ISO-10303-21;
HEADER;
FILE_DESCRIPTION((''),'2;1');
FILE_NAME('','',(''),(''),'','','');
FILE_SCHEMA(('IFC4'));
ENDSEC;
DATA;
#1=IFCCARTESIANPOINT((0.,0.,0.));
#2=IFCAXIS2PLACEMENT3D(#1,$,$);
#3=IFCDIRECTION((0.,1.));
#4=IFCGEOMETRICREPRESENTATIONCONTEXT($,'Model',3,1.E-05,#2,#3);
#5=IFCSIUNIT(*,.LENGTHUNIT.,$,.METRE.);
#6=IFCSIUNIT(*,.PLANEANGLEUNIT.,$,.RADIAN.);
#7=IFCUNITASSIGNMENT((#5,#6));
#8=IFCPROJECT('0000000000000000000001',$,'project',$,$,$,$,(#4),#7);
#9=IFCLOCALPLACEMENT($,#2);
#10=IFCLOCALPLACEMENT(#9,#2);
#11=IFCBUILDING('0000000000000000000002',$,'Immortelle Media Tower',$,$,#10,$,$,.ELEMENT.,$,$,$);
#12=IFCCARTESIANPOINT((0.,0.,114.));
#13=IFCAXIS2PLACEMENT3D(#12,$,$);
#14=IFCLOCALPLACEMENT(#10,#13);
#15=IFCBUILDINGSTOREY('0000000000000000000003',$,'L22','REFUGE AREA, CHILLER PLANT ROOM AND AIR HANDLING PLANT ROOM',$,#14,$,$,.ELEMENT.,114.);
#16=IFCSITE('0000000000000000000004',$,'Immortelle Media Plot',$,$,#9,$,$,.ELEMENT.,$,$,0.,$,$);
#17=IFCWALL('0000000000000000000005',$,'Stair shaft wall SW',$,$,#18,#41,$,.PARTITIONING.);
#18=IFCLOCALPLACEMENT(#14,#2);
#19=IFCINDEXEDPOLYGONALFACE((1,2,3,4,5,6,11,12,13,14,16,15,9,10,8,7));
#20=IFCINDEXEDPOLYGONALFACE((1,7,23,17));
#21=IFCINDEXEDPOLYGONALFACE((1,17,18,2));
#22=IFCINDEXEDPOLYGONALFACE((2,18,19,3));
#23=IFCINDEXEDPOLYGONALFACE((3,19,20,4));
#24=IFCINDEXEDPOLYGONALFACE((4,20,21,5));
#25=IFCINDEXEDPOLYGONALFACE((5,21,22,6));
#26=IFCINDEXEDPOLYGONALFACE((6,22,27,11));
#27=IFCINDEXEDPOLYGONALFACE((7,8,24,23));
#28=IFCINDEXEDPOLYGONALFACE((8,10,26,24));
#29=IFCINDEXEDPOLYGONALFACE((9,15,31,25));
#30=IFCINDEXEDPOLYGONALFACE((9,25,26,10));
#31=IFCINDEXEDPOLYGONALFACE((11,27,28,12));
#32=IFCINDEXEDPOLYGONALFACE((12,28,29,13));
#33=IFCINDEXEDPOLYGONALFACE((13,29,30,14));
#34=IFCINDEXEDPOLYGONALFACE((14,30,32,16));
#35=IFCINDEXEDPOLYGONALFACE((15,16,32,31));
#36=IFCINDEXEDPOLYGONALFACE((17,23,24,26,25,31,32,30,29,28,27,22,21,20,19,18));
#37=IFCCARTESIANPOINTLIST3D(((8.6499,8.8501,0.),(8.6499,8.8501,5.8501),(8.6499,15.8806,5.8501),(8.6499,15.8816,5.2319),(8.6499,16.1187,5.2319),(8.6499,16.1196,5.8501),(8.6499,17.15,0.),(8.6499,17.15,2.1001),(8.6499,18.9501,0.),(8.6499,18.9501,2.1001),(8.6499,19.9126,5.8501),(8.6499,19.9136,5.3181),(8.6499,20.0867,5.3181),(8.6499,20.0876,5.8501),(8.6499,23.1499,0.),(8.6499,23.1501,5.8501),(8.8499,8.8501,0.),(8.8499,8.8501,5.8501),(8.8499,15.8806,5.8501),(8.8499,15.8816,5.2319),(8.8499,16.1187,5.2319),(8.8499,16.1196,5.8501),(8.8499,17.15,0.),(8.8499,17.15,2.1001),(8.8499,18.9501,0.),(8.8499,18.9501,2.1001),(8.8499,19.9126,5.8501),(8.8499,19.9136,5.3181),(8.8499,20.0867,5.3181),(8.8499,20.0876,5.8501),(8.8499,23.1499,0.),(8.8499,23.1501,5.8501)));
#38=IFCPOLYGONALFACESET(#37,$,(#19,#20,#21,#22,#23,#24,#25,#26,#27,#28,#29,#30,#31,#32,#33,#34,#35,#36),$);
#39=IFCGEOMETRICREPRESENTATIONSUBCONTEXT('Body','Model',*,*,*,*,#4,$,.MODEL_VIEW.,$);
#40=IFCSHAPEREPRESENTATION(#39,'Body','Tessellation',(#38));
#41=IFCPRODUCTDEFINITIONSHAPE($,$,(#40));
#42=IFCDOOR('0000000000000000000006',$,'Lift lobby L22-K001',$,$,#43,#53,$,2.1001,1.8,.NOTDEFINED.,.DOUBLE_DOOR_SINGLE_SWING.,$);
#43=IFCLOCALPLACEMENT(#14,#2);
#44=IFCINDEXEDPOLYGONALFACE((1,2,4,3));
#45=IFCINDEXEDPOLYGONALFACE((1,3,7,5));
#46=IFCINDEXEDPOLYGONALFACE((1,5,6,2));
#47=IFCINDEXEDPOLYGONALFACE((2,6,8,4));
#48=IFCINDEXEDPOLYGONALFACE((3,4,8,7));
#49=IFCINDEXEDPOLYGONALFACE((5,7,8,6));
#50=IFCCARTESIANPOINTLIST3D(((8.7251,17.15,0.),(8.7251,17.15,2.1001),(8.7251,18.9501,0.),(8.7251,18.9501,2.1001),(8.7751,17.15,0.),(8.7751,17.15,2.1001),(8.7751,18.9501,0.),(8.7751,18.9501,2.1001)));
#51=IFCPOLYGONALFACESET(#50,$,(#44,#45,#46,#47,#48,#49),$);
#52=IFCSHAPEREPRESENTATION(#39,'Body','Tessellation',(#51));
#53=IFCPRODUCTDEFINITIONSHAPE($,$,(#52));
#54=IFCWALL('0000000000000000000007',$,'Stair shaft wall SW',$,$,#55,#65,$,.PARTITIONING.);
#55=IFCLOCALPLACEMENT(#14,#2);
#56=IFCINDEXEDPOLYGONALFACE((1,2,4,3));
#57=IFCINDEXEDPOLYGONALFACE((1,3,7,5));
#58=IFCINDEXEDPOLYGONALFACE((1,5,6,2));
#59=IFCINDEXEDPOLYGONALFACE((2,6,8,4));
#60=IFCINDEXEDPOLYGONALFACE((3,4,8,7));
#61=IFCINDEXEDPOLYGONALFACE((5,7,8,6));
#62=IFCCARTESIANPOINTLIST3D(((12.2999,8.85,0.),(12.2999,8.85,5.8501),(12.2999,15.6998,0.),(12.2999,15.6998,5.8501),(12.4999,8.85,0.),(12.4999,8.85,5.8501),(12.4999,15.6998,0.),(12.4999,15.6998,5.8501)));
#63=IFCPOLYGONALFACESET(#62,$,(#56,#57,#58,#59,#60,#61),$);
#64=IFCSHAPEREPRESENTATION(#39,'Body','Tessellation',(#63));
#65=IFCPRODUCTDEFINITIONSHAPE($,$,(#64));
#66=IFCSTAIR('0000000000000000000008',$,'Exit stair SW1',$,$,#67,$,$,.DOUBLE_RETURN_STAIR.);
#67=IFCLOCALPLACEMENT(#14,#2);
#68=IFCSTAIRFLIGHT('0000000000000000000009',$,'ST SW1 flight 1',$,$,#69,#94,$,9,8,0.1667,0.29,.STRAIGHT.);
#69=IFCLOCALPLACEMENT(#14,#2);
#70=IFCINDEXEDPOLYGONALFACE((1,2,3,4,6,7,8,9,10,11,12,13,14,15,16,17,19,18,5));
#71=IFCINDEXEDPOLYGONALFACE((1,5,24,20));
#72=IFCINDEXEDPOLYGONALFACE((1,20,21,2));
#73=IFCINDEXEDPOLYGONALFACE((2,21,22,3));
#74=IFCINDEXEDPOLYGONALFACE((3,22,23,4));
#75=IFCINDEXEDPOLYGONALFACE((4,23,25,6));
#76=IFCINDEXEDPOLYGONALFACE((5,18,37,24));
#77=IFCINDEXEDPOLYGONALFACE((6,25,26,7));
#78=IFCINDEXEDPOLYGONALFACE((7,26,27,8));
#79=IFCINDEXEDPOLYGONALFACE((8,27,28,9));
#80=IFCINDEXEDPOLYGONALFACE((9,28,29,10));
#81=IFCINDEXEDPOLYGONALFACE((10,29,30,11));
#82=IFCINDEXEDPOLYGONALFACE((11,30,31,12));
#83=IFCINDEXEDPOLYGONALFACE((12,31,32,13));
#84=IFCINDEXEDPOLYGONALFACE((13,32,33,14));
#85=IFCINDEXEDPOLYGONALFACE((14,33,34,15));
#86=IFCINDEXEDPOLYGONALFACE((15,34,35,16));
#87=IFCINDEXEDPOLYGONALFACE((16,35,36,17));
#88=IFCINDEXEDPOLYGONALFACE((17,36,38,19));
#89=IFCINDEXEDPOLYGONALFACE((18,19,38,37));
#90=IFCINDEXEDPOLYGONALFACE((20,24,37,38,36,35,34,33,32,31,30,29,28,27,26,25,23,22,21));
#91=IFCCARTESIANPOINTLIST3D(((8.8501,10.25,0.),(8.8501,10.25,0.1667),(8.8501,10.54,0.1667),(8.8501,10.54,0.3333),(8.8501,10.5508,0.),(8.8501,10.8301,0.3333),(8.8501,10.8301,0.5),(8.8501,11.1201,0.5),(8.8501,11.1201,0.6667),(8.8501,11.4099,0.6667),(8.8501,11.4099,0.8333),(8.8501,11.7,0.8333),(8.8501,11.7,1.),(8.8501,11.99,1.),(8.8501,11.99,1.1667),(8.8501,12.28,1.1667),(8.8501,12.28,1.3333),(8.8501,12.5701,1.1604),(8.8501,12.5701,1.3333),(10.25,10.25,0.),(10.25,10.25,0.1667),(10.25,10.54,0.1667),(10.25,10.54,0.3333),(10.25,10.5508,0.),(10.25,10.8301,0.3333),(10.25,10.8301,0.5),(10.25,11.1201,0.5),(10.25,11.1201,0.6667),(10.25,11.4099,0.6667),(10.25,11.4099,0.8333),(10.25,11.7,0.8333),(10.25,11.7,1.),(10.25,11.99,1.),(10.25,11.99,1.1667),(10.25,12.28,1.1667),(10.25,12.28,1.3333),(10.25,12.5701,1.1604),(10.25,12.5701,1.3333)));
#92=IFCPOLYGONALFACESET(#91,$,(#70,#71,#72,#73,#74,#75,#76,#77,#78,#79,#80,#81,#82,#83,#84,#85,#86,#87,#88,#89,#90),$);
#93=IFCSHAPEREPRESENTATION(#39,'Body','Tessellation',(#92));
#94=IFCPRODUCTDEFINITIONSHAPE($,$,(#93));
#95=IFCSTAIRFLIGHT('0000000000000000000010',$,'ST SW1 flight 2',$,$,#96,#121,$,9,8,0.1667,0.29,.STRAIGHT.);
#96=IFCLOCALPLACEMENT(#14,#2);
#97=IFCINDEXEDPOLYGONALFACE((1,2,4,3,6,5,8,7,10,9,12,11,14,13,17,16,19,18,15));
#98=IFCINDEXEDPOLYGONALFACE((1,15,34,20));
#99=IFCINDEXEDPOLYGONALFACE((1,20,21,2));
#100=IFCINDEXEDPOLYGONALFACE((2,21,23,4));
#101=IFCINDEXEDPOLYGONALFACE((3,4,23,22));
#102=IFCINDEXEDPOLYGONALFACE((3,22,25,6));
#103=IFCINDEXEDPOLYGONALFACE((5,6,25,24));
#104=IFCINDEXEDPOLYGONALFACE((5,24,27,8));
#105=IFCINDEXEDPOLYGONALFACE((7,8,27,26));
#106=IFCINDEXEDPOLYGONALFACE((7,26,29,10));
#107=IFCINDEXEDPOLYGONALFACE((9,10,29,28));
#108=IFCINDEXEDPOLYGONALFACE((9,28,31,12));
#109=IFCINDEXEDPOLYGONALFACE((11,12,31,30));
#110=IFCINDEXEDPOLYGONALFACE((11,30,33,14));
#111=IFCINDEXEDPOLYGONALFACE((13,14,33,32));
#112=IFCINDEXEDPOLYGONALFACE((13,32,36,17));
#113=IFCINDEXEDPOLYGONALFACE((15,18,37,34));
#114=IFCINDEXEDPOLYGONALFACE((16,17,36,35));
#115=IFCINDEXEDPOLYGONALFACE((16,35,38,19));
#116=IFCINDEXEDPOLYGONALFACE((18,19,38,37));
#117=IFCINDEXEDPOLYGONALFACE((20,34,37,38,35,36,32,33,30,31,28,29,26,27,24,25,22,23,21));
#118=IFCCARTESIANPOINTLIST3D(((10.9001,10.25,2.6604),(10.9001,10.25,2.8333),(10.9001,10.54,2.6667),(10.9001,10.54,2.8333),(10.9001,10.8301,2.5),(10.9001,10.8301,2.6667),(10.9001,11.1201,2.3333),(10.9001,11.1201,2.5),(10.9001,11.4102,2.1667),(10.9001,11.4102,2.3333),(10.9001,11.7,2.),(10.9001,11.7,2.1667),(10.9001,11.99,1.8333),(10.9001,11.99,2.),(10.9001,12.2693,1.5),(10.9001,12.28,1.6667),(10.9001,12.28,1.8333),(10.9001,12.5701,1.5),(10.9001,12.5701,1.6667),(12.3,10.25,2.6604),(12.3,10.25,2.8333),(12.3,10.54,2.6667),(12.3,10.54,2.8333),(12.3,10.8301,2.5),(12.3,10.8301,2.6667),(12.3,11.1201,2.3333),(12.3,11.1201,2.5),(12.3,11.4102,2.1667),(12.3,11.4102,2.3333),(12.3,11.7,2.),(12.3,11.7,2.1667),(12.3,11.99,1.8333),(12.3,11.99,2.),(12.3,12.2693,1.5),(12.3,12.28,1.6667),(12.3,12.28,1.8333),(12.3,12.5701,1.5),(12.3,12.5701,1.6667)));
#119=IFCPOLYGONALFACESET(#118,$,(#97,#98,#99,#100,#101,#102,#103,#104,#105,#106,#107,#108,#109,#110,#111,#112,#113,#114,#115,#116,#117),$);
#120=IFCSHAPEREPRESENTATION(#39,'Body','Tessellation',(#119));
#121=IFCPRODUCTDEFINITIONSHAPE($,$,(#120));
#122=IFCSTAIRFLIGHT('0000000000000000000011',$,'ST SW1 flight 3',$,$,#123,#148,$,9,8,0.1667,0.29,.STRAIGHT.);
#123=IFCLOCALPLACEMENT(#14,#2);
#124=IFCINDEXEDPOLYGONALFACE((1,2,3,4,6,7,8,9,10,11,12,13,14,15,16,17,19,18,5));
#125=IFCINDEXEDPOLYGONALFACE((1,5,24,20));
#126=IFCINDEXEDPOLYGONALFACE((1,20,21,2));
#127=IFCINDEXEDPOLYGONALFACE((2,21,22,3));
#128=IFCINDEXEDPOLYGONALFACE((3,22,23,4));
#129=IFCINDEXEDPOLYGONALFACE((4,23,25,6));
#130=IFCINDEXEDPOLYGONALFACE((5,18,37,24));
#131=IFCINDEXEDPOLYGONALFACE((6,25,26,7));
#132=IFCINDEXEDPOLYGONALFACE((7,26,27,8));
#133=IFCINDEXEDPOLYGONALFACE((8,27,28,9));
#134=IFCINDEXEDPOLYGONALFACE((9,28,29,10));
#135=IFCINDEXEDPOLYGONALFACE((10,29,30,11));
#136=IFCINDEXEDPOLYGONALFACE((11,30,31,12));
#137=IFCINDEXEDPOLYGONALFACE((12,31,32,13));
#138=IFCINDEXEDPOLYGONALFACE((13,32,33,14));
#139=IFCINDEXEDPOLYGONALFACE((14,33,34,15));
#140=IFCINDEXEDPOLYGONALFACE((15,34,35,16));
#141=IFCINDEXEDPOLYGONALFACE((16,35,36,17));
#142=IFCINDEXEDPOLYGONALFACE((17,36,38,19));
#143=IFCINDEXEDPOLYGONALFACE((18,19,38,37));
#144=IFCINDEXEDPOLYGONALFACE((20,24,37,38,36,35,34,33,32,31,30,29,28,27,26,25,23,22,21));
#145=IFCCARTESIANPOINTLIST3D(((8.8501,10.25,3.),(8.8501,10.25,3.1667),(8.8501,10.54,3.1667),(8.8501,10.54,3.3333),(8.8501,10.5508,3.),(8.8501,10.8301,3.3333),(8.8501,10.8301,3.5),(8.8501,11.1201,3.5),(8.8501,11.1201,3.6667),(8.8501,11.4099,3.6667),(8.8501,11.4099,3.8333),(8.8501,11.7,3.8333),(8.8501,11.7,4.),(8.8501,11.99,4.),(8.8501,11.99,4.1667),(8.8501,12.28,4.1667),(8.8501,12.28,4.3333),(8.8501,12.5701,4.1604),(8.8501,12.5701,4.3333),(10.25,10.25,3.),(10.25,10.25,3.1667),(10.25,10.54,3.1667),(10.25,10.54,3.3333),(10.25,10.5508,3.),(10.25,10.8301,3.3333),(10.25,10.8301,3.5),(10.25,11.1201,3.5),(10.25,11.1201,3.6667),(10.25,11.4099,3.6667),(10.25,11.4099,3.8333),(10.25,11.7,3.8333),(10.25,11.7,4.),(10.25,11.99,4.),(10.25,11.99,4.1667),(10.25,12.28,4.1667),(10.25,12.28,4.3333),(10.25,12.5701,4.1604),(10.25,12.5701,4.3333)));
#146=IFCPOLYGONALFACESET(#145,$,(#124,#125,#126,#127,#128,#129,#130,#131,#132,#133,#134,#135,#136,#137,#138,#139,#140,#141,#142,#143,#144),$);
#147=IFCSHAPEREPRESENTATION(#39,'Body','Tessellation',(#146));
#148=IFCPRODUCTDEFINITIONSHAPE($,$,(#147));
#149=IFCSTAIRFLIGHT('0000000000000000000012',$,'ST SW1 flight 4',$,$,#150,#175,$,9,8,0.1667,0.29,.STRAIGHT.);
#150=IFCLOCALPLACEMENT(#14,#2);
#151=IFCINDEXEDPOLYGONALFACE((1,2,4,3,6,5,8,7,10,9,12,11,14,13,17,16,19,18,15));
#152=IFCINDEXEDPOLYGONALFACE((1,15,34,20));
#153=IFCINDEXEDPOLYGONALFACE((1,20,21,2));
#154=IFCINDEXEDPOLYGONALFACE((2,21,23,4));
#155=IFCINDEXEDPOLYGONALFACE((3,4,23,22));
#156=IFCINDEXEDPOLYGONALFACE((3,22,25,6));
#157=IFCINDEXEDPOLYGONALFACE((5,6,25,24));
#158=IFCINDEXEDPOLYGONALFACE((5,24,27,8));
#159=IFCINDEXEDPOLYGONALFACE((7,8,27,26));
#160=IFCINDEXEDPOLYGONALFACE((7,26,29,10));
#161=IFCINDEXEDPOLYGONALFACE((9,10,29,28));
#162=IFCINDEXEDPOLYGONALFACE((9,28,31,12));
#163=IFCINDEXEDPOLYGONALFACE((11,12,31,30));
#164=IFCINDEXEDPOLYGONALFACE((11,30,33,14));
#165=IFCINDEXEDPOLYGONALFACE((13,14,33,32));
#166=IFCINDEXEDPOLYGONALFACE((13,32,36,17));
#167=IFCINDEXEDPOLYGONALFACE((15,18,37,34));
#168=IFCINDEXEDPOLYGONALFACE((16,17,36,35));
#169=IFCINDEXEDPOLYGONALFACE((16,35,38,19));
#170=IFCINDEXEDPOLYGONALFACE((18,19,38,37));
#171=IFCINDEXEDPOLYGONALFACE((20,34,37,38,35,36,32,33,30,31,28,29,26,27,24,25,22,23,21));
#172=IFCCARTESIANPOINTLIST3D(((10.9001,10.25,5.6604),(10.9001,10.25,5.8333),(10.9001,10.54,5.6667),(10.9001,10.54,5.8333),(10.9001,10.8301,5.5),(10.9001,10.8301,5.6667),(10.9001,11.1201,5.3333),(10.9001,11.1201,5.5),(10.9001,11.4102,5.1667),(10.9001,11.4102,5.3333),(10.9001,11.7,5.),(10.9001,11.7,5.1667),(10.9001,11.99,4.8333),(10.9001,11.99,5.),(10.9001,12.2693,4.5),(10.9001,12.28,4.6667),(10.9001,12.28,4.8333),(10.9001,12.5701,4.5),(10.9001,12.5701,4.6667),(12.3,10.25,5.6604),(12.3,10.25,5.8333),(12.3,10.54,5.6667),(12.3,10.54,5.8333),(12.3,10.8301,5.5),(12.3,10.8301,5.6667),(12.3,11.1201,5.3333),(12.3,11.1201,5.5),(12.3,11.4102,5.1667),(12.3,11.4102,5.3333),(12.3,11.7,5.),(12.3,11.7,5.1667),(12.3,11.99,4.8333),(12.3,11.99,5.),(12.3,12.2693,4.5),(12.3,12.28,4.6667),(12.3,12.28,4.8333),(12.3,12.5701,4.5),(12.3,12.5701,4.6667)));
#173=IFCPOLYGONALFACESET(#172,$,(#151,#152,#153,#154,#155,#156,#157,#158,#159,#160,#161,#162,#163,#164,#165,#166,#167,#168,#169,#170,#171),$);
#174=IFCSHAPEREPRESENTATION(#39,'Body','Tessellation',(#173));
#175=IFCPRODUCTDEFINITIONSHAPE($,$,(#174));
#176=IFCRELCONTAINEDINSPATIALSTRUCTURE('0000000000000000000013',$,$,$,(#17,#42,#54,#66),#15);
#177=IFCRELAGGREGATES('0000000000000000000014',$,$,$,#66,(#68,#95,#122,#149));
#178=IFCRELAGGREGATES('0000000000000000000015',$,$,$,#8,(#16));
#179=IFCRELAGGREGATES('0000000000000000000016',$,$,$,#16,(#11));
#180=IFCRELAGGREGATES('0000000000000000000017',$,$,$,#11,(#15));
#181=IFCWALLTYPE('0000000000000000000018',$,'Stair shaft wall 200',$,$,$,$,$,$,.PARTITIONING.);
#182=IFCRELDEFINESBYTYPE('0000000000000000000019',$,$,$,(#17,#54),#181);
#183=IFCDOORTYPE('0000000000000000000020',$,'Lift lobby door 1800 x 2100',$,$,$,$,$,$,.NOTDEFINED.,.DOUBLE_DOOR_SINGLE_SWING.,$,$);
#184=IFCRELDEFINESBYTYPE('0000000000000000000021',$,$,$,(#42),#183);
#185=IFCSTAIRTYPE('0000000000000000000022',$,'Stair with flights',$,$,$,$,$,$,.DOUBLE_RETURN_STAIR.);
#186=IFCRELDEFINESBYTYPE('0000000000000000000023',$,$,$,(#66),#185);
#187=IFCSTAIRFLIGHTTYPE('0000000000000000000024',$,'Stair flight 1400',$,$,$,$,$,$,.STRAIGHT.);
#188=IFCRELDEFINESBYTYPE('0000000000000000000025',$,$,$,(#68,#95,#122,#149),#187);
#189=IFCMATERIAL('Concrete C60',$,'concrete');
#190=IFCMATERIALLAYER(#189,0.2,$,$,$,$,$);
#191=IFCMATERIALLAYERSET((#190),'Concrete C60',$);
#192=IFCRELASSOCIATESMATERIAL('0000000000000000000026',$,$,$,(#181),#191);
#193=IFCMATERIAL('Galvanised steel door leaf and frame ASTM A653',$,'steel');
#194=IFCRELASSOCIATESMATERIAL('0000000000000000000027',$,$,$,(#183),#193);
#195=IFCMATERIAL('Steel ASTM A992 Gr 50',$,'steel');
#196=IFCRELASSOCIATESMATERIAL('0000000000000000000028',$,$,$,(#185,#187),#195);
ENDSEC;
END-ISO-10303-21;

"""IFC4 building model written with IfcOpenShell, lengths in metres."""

from ifc_helpers import new_model, si_unit, direction, frame, frame_2d, origin, place, context, subcontext, project, spatial, polyline, rectangle, outline, extrude, material, layer, layer_set, type_object, element, fill, aggregate, save


model = new_model("IFC4")

# Units and contexts
model_context = context("Model", 3, precision=1e-05, world=origin(), true_north=direction((0.0, 1.0)))
body_context = subcontext(model_context, "Body", "Model", "MODEL_VIEW")
ifc_project = project(units=[si_unit("LENGTHUNIT", "METRE"), si_unit("PLANEANGLEUNIT", "RADIAN")], contexts=[model_context])

# Site, building, storey
site_placement = place(None, origin())
site = spatial("IfcSite", under=ifc_project, at=site_placement, Name="Immortelle Media Plot", CompositionType="ELEMENT", RefElevation=0.0)
building_placement = place(site_placement, origin())
building = spatial("IfcBuilding", under=site, at=building_placement, Name="Immortelle Media Tower", CompositionType="ELEMENT")
storey_placement = place(building_placement, frame((0.0, 0.0, 114.0)))
storey = spatial("IfcBuildingStorey", under=building, at=storey_placement, Name="L22", Description="REFUGE AREA, CHILLER PLANT ROOM AND AIR HANDLING PLANT ROOM", CompositionType="ELEMENT", Elevation=114.0)

# Shared definitions
ifc_material_1 = material(Name="Steel ASTM A992 Gr 50", Category="steel")

# Shared definitions
ifc_material_2 = material(Name="Concrete C60", Category="concrete")
ifc_layer = layer(ifc_material_2, 0.2)
ifc_layer_set = layer_set([ifc_layer], Name="Concrete C60")
wall_type = type_object("IfcWallType", Name="Stair shaft wall 200", PredefinedType="PARTITIONING", material=ifc_layer_set)
ifc_material_3 = material(Name="Galvanised steel door leaf and frame ASTM A653", Category="steel")

# Wall, opening, door
wall_1_placement = place(storey_placement, frame((8.75, 8.8501, 0.0), z_axis=(0.0, 0.0, 1.0), x_axis=(0.0, 1.0, 0.0)))
wall_1 = element("IfcWall", 1, at=wall_1_placement, inside=storey, type_object=wall_type, Name="Stair shaft wall SW", PredefinedType="PARTITIONING", context=body_context, shape_type="SweptSolid", body=[
    extrude(outline(polyline([(0.0, 0.0), (14.2998, 0.0), (14.3, 5.8501), (11.2375, 5.8501), (11.2366, 5.3181), (11.0635, 5.3181), (11.0625, 5.8501), (7.2695, 5.8501), (7.2686, 5.2319), (7.0315, 5.2319), (7.0305, 5.8501), (0.0, 5.8501), (0.0, 0.0)])), frame((0.0, 0.1001, 0.0), z_axis=(0.0, -1.0, 0.0), x_axis=(1.0, 0.0, 0.0)), (0.0, 0.0, 1.0), 0.2),
])
opening_1_placement = place(wall_1_placement, frame((8.3, 0.0, 0.0)))
opening_1 = element("IfcOpeningElement", 2, at=opening_1_placement, cuts=wall_1, PredefinedType="OPENING", context=body_context, shape_type="SweptSolid", body=[
    extrude(rectangle(XDim=1.8, YDim=2.1001, at=frame_2d((0.8999, 1.05))), frame((0.0, 0.1099, 0.0), z_axis=(0.0, -1.0, 0.0), x_axis=(1.0, 0.0, 0.0)), (0.0, 0.0, 1.0), 0.22),
])
door_type_1 = type_object("IfcDoorType", Name="Lift lobby door 1800 x 2100", OperationType="DOUBLE_DOOR_SINGLE_SWING", PredefinedType="NOTDEFINED", material=ifc_material_3)
door_1_placement = place(opening_1_placement, origin())
door_1 = element("IfcDoor", 3, at=door_1_placement, inside=storey, type_object=door_type_1, Name="Lift lobby L22-K001", OperationType="DOUBLE_DOOR_SINGLE_SWING", OverallHeight=2.1001, OverallWidth=1.8, PredefinedType="NOTDEFINED", context=body_context, shape_type="SweptSolid", body=[
    extrude(rectangle(XDim=1.8, YDim=2.1001, at=frame_2d((0.8999, 1.05))), frame((0.0, 0.0249, 0.0), z_axis=(0.0, -1.0, 0.0), x_axis=(1.0, 0.0, 0.0)), (0.0, 0.0, 1.0), 0.05),
])
fill(opening_1, door_1)

# Wall
wall_2_placement = place(storey_placement, frame((12.3999, 8.8501, 0.0), z_axis=(0.0, 0.0, 1.0), x_axis=(0.0, 1.0, 0.0)))
element("IfcWall", 4, at=wall_2_placement, inside=storey, type_object=wall_type, Name="Stair shaft wall SW", PredefinedType="PARTITIONING", context=body_context, shape_type="SweptSolid", body=[
    extrude(rectangle(XDim=6.8499, YDim=0.2, at=frame_2d((3.4248, 0.0))), origin(), (0.0, 0.0, 1.0), 5.8501),
])

# Stair, stair flights
stair_type = type_object("IfcStairType", Name="Stair with flights", PredefinedType="DOUBLE_RETURN_STAIR", material=ifc_material_1)
stair_1_placement = place(storey_placement, origin())
stair_1 = element("IfcStair", 5, at=stair_1_placement, inside=storey, type_object=stair_type, Name="Exit stair SW1", PredefinedType="DOUBLE_RETURN_STAIR")
stair_flight_type = type_object("IfcStairFlightType", Name="Stair flight 1400", PredefinedType="STRAIGHT", material=ifc_material_1)
stair_flight_1_placement = place(storey_placement, frame((9.55, 10.25, 0.0), z_axis=(0.0, 0.0, 1.0), x_axis=(0.0, 1.0, 0.0)))
stair_flight_1 = element("IfcStairFlight", 6, at=stair_flight_1_placement, type_object=stair_flight_type, Name="ST SW1 flight 1", NumberOfRisers=9, NumberOfTreads=8, PredefinedType="STRAIGHT", RiserHeight=0.1667, TreadLength=0.29, context=body_context, shape_type="SweptSolid", body=[
    extrude(outline(polyline([(0.0, 0.0), (0.0, 0.1667), (0.29, 0.1667), (0.29, 0.3333), (0.5801, 0.3333), (0.5801, 0.5), (0.8701, 0.5), (0.8701, 0.6667), (1.1599, 0.6667), (1.1599, 0.8333), (1.45, 0.8333), (1.45, 1.0), (1.74, 1.0), (1.74, 1.1667), (2.03, 1.1667), (2.03, 1.3333), (2.3201, 1.3333), (2.3201, 1.5), (2.3201, 1.1604), (0.3008, 0.0), (0.0, 0.0)])), frame((0.0, 0.7, 0.0), z_axis=(0.0, -1.0, 0.0), x_axis=(1.0, 0.0, 0.0)), (0.0, 0.0, 1.0), 1.3999),
])
stair_flight_2_placement = place(storey_placement, frame((11.6001, 12.5701, 1.5), z_axis=(0.0, 0.0, 1.0), x_axis=(0.0, -1.0, 0.0)))
stair_flight_2 = element("IfcStairFlight", 7, at=stair_flight_2_placement, type_object=stair_flight_type, Name="ST SW1 flight 2", NumberOfRisers=9, NumberOfTreads=8, PredefinedType="STRAIGHT", RiserHeight=0.1667, TreadLength=0.29, context=body_context, shape_type="SweptSolid", body=[
    extrude(outline(polyline([(0.0, 0.0), (0.0, 0.1667), (0.29, 0.1667), (0.29, 0.3333), (0.5801, 0.3333), (0.5801, 0.5), (0.8701, 0.5), (0.8701, 0.6667), (1.1599, 0.6667), (1.1599, 0.8333), (1.45, 0.8333), (1.45, 1.0), (1.74, 1.0), (1.74, 1.1667), (2.03, 1.1667), (2.03, 1.3333), (2.3201, 1.3333), (2.3201, 1.5), (2.3201, 1.1604), (0.3008, 0.0), (0.0, 0.0)])), frame((0.0, 0.7, 0.0), z_axis=(0.0, -1.0, 0.0), x_axis=(1.0, 0.0, 0.0)), (0.0, 0.0, 1.0), 1.3999),
])
stair_flight_3_placement = place(storey_placement, frame((9.55, 10.25, 3.0), z_axis=(0.0, 0.0, 1.0), x_axis=(0.0, 1.0, 0.0)))
stair_flight_3 = element("IfcStairFlight", 8, at=stair_flight_3_placement, type_object=stair_flight_type, Name="ST SW1 flight 3", NumberOfRisers=9, NumberOfTreads=8, PredefinedType="STRAIGHT", RiserHeight=0.1667, TreadLength=0.29, context=body_context, shape_type="SweptSolid", body=[
    extrude(outline(polyline([(0.0, 0.0), (0.0, 0.1667), (0.29, 0.1667), (0.29, 0.3333), (0.5801, 0.3333), (0.5801, 0.5), (0.8701, 0.5), (0.8701, 0.6667), (1.1599, 0.6667), (1.1599, 0.8333), (1.45, 0.8333), (1.45, 1.0), (1.74, 1.0), (1.74, 1.1667), (2.03, 1.1667), (2.03, 1.3333), (2.3201, 1.3333), (2.3201, 1.5), (2.3201, 1.1604), (0.3008, 0.0), (0.0, 0.0)])), frame((0.0, 0.7, 0.0), z_axis=(0.0, -1.0, 0.0), x_axis=(1.0, 0.0, 0.0)), (0.0, 0.0, 1.0), 1.3999),
])
stair_flight_4_placement = place(storey_placement, frame((11.6001, 12.5701, 4.5), z_axis=(0.0, 0.0, 1.0), x_axis=(0.0, -1.0, 0.0)))
stair_flight_4 = element("IfcStairFlight", 9, at=stair_flight_4_placement, type_object=stair_flight_type, Name="ST SW1 flight 4", NumberOfRisers=9, NumberOfTreads=8, PredefinedType="STRAIGHT", RiserHeight=0.1667, TreadLength=0.29, context=body_context, shape_type="SweptSolid", body=[
    extrude(outline(polyline([(0.0, 0.0), (0.0, 0.1667), (0.29, 0.1667), (0.29, 0.3333), (0.5801, 0.3333), (0.5801, 0.5), (0.8701, 0.5), (0.8701, 0.6667), (1.1599, 0.6667), (1.1599, 0.8333), (1.45, 0.8333), (1.45, 1.0), (1.74, 1.0), (1.74, 1.1667), (2.03, 1.1667), (2.03, 1.3333), (2.3201, 1.3333), (2.3201, 1.5), (2.3201, 1.1604), (0.3008, 0.0), (0.0, 0.0)])), frame((0.0, 0.7, 0.0), z_axis=(0.0, -1.0, 0.0), x_axis=(1.0, 0.0, 0.0)), (0.0, 0.0, 1.0), 1.3999),
])
aggregate(stair_1, [stair_flight_1, stair_flight_2, stair_flight_3, stair_flight_4])

save(model, "model.ifc")
